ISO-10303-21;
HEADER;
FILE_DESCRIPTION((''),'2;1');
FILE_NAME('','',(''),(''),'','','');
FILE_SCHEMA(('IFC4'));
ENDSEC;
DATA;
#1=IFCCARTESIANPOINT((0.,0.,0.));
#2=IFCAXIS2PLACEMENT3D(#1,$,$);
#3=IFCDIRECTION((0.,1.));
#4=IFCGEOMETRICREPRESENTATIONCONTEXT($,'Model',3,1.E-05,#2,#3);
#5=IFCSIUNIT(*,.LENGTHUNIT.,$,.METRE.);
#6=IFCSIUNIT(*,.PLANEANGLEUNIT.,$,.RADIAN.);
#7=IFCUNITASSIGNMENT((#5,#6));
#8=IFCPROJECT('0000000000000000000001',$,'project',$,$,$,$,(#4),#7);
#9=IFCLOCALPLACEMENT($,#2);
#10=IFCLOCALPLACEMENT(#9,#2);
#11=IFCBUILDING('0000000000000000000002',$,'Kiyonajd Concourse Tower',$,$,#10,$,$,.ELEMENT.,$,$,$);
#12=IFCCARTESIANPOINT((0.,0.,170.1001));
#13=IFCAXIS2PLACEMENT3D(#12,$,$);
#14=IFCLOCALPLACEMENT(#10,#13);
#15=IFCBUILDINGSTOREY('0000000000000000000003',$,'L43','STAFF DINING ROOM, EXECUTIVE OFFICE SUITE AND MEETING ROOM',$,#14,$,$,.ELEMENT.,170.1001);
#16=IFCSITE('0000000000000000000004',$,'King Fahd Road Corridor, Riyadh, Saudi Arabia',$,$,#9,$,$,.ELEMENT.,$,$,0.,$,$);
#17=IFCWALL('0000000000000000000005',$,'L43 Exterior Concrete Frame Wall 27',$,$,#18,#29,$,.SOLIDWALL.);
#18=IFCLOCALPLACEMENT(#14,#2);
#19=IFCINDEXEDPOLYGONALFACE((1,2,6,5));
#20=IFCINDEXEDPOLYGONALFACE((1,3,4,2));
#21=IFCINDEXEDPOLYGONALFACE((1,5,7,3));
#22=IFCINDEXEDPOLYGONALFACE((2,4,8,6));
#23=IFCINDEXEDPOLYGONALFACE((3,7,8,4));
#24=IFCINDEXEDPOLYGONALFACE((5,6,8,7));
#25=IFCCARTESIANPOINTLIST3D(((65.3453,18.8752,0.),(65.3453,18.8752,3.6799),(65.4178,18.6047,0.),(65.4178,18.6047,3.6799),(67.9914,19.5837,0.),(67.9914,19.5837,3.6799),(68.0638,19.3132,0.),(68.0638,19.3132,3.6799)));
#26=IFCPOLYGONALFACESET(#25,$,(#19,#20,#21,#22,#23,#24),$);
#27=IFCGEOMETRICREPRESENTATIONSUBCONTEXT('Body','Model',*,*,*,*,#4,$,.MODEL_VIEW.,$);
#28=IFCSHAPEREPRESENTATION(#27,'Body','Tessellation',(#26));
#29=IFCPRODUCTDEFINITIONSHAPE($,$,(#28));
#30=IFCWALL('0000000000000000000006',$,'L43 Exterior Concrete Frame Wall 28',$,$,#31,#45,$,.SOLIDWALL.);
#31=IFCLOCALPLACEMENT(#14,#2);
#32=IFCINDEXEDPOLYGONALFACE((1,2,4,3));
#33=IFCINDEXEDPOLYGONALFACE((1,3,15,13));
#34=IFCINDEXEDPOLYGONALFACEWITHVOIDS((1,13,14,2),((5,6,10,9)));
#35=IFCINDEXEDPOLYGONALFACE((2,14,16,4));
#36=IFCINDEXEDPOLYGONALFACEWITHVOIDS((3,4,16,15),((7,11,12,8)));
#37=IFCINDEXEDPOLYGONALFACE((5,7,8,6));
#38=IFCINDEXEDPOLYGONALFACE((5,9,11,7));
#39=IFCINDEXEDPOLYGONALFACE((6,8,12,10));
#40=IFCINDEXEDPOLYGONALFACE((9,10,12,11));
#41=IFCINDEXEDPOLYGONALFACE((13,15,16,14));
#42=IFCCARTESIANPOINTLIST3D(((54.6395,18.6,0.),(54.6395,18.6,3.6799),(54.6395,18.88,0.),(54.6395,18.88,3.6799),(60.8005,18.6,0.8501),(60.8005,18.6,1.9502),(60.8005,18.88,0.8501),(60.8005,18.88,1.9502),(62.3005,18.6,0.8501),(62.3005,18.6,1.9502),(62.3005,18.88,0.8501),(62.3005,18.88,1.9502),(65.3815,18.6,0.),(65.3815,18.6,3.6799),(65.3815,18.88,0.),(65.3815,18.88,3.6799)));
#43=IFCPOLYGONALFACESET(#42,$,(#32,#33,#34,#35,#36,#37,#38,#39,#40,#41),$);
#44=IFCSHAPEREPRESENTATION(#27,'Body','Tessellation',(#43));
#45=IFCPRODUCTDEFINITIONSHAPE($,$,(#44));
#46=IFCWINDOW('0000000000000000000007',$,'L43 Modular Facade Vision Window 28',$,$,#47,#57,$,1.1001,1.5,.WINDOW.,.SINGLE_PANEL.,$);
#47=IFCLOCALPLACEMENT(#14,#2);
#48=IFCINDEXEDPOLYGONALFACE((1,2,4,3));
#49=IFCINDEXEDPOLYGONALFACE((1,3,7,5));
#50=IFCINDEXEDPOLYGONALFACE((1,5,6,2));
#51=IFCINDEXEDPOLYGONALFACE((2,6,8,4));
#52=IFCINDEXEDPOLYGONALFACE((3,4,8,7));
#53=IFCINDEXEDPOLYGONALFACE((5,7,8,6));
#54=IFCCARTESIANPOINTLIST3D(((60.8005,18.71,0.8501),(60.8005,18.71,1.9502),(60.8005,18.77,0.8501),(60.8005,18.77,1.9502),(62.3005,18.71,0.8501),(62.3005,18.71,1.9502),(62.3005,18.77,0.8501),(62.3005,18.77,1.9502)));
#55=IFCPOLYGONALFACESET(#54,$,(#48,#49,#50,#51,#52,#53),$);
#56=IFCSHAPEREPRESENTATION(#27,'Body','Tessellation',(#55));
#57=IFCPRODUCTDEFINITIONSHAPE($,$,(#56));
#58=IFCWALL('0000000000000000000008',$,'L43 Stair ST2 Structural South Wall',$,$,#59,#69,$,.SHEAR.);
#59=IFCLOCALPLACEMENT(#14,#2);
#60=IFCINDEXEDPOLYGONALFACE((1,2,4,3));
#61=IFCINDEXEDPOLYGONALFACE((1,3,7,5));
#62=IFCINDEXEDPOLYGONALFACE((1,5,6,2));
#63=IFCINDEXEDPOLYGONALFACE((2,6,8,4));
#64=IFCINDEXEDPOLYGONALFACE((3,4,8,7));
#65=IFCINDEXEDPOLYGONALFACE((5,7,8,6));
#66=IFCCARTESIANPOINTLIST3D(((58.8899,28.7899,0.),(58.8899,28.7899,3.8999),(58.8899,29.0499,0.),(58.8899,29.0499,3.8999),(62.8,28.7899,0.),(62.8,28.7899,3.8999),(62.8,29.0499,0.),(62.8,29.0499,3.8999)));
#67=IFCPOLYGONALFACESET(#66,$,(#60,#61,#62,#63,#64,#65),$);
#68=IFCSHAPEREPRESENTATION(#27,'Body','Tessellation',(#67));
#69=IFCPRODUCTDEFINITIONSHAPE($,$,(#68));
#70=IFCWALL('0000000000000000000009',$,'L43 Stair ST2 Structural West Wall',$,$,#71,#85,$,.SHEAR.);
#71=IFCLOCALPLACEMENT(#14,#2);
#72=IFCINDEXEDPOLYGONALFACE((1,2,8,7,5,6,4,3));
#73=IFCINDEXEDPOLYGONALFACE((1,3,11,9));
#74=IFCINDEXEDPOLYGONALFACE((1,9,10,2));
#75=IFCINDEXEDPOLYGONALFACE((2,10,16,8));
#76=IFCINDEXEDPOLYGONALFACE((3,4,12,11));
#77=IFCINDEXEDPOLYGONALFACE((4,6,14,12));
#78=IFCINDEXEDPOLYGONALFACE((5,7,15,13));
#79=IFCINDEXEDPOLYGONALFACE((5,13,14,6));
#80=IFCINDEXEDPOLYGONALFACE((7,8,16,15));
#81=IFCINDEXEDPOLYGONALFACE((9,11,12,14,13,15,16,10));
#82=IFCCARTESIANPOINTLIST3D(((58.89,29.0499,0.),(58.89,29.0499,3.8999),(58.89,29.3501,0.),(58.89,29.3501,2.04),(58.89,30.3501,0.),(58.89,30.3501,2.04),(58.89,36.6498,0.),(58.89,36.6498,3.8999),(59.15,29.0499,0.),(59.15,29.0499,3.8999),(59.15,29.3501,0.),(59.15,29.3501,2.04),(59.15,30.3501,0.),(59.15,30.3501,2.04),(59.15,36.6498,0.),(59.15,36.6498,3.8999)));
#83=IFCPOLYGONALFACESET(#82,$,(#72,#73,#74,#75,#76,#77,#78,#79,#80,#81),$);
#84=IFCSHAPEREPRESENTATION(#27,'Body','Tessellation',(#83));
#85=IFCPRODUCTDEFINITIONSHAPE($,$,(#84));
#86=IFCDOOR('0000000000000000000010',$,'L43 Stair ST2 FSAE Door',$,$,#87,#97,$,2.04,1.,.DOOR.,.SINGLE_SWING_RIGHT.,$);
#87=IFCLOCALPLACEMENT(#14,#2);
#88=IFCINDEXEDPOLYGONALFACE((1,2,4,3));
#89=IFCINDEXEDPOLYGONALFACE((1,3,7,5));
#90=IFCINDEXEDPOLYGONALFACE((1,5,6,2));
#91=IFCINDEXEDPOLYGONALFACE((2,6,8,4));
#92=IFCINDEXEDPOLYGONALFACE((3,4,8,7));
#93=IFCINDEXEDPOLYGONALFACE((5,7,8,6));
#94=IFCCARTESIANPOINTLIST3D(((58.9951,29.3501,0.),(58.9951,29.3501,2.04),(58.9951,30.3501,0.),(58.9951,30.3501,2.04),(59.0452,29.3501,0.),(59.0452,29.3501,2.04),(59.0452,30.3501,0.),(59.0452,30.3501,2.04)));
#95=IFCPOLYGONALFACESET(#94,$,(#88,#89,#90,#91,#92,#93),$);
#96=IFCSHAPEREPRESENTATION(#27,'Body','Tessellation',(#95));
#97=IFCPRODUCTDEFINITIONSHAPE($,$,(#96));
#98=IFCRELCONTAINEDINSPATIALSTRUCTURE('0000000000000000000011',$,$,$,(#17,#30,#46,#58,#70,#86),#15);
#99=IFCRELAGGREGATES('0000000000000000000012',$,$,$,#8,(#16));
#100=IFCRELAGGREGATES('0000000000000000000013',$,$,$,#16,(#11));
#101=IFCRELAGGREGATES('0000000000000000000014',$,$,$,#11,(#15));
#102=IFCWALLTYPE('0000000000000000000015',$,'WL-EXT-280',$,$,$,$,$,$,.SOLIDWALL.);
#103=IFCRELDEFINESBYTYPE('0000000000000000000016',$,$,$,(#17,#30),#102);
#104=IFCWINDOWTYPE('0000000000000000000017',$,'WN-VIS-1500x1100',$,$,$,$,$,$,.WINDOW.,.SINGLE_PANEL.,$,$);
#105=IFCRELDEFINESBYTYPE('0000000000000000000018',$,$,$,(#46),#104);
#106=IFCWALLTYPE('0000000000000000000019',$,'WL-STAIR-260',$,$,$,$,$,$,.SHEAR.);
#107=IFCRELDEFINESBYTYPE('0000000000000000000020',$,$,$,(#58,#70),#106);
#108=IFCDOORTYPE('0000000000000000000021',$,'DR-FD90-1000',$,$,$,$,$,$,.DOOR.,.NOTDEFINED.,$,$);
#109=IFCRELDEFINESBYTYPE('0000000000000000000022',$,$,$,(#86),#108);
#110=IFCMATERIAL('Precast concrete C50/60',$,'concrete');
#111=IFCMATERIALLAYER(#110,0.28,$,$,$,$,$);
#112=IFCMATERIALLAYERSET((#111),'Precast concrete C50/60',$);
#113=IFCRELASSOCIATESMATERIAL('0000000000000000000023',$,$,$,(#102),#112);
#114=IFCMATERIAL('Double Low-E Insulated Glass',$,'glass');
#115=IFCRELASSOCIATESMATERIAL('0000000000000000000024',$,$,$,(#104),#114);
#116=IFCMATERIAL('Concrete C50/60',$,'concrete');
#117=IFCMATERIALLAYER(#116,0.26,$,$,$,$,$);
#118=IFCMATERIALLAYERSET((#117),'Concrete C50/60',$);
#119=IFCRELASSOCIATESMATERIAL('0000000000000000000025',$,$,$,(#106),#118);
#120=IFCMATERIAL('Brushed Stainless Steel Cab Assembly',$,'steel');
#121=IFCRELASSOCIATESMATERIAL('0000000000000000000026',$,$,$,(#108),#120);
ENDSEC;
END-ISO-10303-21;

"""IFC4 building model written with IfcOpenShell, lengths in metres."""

from ifc_helpers import new_model, si_unit, direction, frame, frame_2d, origin, place, context, subcontext, project, spatial, rectangle, extrude, material, layer, layer_set, type_object, element, fill, save


model = new_model("IFC4")

# Units and contexts
model_context = context("Model", 3, precision=1e-05, world=origin(), true_north=direction((0.0, 1.0)))
body_context = subcontext(model_context, "Body", "Model", "MODEL_VIEW")
ifc_project = project(units=[si_unit("LENGTHUNIT", "METRE"), si_unit("PLANEANGLEUNIT", "RADIAN")], contexts=[model_context])

# Site, building, storey
site_placement = place(None, origin())
site = spatial("IfcSite", under=ifc_project, at=site_placement, Name="King Fahd Road Corridor, Riyadh, Saudi Arabia", CompositionType="ELEMENT", RefElevation=0.0)
building_placement = place(site_placement, origin())
building = spatial("IfcBuilding", under=site, at=building_placement, Name="Kiyonajd Concourse Tower", CompositionType="ELEMENT")
storey_placement = place(building_placement, frame((0.0, 0.0, 170.1001)))
storey = spatial("IfcBuildingStorey", under=building, at=storey_placement, Name="L43", Description="STAFF DINING ROOM, EXECUTIVE OFFICE SUITE AND MEETING ROOM", CompositionType="ELEMENT", Elevation=170.1001)

# Shared definitions
ifc_material_1 = material(Name="Double Low-E Insulated Glass", Category="glass")

# Wall
ifc_material_2 = material(Name="Precast concrete C50/60", Category="concrete")
ifc_layer_1 = layer(ifc_material_2, 0.28)
ifc_layer_set_1 = layer_set([ifc_layer_1], Name="Precast concrete C50/60")
wall_type_1 = type_object("IfcWallType", Name="WL-EXT-280", PredefinedType="SOLIDWALL", material=ifc_layer_set_1)
wall_1_placement = place(storey_placement, frame((68.0276, 19.4485, 0.0), z_axis=(0.0, 0.0, 1.0), x_axis=(-0.965971, -0.25865, 0.0)))
element("IfcWall", 1, at=wall_1_placement, inside=storey, type_object=wall_type_1, Name="L43 Exterior Concrete Frame Wall 27", PredefinedType="SOLIDWALL", context=body_context, shape_type="SweptSolid", body=[
    extrude(rectangle(XDim=2.7393, YDim=0.28, at=frame_2d((1.3696, 0.0))), origin(), (0.0, 0.0, 1.0), 3.6799),
])

# Wall, opening, window
wall_2_placement = place(storey_placement, frame((65.3816, 18.74, 0.0), z_axis=(0.0, 0.0, 1.0), x_axis=(-1.0, 0.0, 0.0)))
wall_2 = element("IfcWall", 2, at=wall_2_placement, inside=storey, type_object=wall_type_1, Name="L43 Exterior Concrete Frame Wall 28", PredefinedType="SOLIDWALL", context=body_context, shape_type="SweptSolid", body=[
    extrude(rectangle(XDim=10.7419, YDim=0.28, at=frame_2d((5.3711, 0.0))), origin(), (0.0, 0.0, 1.0), 3.6799),
])
opening_1_placement = place(wall_2_placement, frame((3.0811, 0.0, 0.8501)))
opening_1 = element("IfcOpeningElement", 3, at=opening_1_placement, cuts=wall_2, PredefinedType="OPENING", context=body_context, shape_type="SweptSolid", body=[
    extrude(rectangle(XDim=1.5, YDim=1.1001, at=frame_2d((0.75, 0.55))), frame((0.0, 0.1499, 0.0), z_axis=(0.0, -1.0, 0.0), x_axis=(1.0, 0.0, 0.0)), (0.0, 0.0, 1.0), 0.3),
])
window_type = type_object("IfcWindowType", Name="WN-VIS-1500x1100", PartitioningType="SINGLE_PANEL", PredefinedType="WINDOW", material=ifc_material_1)
window_placement = place(opening_1_placement, origin())
window = element("IfcWindow", 4, at=window_placement, inside=storey, type_object=window_type, Name="L43 Modular Facade Vision Window 28", OverallHeight=1.1001, OverallWidth=1.5, PartitioningType="SINGLE_PANEL", PredefinedType="WINDOW", context=body_context, shape_type="SweptSolid", body=[
    extrude(rectangle(XDim=1.5, YDim=1.1001, at=frame_2d((0.75, 0.55))), frame((0.0, 0.03, 0.0), z_axis=(0.0, -1.0, 0.0), x_axis=(1.0, 0.0, 0.0)), (0.0, 0.0, 1.0), 0.0601),
])
fill(opening_1, window)

# Wall
ifc_material_3 = material(Name="Concrete C50/60", Category="concrete")
ifc_layer_2 = layer(ifc_material_3, 0.26)
ifc_layer_set_2 = layer_set([ifc_layer_2], Name="Concrete C50/60")
wall_type_2 = type_object("IfcWallType", Name="WL-STAIR-260", PredefinedType="SHEAR", material=ifc_layer_set_2)
wall_3_placement = place(storey_placement, frame((58.8899, 28.9199, 0.0), z_axis=(0.0, 0.0, 1.0), x_axis=(1.0, 0.0, 0.0)))
element("IfcWall", 5, at=wall_3_placement, inside=storey, type_object=wall_type_2, Name="L43 Stair ST2 Structural South Wall", PredefinedType="SHEAR", context=body_context, shape_type="SweptSolid", body=[
    extrude(rectangle(XDim=3.9102, YDim=0.26, at=frame_2d((1.9551, 0.0))), origin(), (0.0, 0.0, 1.0), 3.8999),
])

# Wall, opening, door
wall_4_placement = place(storey_placement, frame((59.02, 29.05, 0.0), z_axis=(0.0, 0.0, 1.0), x_axis=(0.0, 1.0, 0.0)))
wall_4 = element("IfcWall", 6, at=wall_4_placement, inside=storey, type_object=wall_type_2, Name="L43 Stair ST2 Structural West Wall", PredefinedType="SHEAR", context=body_context, shape_type="SweptSolid", body=[
    extrude(rectangle(XDim=7.5999, YDim=0.26, at=frame_2d((3.7998, 0.0))), origin(), (0.0, 0.0, 1.0), 3.8999),
])
opening_2_placement = place(wall_4_placement, frame((0.3, 0.0, 0.0)))
opening_2 = element("IfcOpeningElement", 7, at=opening_2_placement, cuts=wall_4, PredefinedType="OPENING", context=body_context, shape_type="SweptSolid", body=[
    extrude(rectangle(XDim=1.0, YDim=2.04, at=frame_2d((0.5, 1.02))), frame((0.0, 0.1399, 0.0), z_axis=(0.0, -1.0, 0.0), x_axis=(1.0, 0.0, 0.0)), (0.0, 0.0, 1.0), 0.28),
])
ifc_material_4 = material(Name="Brushed Stainless Steel Cab Assembly", Category="steel")
door_type = type_object("IfcDoorType", Name="DR-FD90-1000", OperationType="NOTDEFINED", PredefinedType="DOOR", material=ifc_material_4)
door_placement = place(opening_2_placement, origin())
door = element("IfcDoor", 8, at=door_placement, inside=storey, type_object=door_type, Name="L43 Stair ST2 FSAE Door", OperationType="SINGLE_SWING_RIGHT", OverallHeight=2.04, OverallWidth=1.0, PredefinedType="DOOR", context=body_context, shape_type="SweptSolid", body=[
    extrude(rectangle(XDim=1.0, YDim=2.04, at=frame_2d((0.5, 1.02))), frame((0.0, 0.0249, 0.0), z_axis=(0.0, -1.0, 0.0), x_axis=(1.0, 0.0, 0.0)), (0.0, 0.0, 1.0), 0.05),
])
fill(opening_2, door)

save(model, "model.ifc")
